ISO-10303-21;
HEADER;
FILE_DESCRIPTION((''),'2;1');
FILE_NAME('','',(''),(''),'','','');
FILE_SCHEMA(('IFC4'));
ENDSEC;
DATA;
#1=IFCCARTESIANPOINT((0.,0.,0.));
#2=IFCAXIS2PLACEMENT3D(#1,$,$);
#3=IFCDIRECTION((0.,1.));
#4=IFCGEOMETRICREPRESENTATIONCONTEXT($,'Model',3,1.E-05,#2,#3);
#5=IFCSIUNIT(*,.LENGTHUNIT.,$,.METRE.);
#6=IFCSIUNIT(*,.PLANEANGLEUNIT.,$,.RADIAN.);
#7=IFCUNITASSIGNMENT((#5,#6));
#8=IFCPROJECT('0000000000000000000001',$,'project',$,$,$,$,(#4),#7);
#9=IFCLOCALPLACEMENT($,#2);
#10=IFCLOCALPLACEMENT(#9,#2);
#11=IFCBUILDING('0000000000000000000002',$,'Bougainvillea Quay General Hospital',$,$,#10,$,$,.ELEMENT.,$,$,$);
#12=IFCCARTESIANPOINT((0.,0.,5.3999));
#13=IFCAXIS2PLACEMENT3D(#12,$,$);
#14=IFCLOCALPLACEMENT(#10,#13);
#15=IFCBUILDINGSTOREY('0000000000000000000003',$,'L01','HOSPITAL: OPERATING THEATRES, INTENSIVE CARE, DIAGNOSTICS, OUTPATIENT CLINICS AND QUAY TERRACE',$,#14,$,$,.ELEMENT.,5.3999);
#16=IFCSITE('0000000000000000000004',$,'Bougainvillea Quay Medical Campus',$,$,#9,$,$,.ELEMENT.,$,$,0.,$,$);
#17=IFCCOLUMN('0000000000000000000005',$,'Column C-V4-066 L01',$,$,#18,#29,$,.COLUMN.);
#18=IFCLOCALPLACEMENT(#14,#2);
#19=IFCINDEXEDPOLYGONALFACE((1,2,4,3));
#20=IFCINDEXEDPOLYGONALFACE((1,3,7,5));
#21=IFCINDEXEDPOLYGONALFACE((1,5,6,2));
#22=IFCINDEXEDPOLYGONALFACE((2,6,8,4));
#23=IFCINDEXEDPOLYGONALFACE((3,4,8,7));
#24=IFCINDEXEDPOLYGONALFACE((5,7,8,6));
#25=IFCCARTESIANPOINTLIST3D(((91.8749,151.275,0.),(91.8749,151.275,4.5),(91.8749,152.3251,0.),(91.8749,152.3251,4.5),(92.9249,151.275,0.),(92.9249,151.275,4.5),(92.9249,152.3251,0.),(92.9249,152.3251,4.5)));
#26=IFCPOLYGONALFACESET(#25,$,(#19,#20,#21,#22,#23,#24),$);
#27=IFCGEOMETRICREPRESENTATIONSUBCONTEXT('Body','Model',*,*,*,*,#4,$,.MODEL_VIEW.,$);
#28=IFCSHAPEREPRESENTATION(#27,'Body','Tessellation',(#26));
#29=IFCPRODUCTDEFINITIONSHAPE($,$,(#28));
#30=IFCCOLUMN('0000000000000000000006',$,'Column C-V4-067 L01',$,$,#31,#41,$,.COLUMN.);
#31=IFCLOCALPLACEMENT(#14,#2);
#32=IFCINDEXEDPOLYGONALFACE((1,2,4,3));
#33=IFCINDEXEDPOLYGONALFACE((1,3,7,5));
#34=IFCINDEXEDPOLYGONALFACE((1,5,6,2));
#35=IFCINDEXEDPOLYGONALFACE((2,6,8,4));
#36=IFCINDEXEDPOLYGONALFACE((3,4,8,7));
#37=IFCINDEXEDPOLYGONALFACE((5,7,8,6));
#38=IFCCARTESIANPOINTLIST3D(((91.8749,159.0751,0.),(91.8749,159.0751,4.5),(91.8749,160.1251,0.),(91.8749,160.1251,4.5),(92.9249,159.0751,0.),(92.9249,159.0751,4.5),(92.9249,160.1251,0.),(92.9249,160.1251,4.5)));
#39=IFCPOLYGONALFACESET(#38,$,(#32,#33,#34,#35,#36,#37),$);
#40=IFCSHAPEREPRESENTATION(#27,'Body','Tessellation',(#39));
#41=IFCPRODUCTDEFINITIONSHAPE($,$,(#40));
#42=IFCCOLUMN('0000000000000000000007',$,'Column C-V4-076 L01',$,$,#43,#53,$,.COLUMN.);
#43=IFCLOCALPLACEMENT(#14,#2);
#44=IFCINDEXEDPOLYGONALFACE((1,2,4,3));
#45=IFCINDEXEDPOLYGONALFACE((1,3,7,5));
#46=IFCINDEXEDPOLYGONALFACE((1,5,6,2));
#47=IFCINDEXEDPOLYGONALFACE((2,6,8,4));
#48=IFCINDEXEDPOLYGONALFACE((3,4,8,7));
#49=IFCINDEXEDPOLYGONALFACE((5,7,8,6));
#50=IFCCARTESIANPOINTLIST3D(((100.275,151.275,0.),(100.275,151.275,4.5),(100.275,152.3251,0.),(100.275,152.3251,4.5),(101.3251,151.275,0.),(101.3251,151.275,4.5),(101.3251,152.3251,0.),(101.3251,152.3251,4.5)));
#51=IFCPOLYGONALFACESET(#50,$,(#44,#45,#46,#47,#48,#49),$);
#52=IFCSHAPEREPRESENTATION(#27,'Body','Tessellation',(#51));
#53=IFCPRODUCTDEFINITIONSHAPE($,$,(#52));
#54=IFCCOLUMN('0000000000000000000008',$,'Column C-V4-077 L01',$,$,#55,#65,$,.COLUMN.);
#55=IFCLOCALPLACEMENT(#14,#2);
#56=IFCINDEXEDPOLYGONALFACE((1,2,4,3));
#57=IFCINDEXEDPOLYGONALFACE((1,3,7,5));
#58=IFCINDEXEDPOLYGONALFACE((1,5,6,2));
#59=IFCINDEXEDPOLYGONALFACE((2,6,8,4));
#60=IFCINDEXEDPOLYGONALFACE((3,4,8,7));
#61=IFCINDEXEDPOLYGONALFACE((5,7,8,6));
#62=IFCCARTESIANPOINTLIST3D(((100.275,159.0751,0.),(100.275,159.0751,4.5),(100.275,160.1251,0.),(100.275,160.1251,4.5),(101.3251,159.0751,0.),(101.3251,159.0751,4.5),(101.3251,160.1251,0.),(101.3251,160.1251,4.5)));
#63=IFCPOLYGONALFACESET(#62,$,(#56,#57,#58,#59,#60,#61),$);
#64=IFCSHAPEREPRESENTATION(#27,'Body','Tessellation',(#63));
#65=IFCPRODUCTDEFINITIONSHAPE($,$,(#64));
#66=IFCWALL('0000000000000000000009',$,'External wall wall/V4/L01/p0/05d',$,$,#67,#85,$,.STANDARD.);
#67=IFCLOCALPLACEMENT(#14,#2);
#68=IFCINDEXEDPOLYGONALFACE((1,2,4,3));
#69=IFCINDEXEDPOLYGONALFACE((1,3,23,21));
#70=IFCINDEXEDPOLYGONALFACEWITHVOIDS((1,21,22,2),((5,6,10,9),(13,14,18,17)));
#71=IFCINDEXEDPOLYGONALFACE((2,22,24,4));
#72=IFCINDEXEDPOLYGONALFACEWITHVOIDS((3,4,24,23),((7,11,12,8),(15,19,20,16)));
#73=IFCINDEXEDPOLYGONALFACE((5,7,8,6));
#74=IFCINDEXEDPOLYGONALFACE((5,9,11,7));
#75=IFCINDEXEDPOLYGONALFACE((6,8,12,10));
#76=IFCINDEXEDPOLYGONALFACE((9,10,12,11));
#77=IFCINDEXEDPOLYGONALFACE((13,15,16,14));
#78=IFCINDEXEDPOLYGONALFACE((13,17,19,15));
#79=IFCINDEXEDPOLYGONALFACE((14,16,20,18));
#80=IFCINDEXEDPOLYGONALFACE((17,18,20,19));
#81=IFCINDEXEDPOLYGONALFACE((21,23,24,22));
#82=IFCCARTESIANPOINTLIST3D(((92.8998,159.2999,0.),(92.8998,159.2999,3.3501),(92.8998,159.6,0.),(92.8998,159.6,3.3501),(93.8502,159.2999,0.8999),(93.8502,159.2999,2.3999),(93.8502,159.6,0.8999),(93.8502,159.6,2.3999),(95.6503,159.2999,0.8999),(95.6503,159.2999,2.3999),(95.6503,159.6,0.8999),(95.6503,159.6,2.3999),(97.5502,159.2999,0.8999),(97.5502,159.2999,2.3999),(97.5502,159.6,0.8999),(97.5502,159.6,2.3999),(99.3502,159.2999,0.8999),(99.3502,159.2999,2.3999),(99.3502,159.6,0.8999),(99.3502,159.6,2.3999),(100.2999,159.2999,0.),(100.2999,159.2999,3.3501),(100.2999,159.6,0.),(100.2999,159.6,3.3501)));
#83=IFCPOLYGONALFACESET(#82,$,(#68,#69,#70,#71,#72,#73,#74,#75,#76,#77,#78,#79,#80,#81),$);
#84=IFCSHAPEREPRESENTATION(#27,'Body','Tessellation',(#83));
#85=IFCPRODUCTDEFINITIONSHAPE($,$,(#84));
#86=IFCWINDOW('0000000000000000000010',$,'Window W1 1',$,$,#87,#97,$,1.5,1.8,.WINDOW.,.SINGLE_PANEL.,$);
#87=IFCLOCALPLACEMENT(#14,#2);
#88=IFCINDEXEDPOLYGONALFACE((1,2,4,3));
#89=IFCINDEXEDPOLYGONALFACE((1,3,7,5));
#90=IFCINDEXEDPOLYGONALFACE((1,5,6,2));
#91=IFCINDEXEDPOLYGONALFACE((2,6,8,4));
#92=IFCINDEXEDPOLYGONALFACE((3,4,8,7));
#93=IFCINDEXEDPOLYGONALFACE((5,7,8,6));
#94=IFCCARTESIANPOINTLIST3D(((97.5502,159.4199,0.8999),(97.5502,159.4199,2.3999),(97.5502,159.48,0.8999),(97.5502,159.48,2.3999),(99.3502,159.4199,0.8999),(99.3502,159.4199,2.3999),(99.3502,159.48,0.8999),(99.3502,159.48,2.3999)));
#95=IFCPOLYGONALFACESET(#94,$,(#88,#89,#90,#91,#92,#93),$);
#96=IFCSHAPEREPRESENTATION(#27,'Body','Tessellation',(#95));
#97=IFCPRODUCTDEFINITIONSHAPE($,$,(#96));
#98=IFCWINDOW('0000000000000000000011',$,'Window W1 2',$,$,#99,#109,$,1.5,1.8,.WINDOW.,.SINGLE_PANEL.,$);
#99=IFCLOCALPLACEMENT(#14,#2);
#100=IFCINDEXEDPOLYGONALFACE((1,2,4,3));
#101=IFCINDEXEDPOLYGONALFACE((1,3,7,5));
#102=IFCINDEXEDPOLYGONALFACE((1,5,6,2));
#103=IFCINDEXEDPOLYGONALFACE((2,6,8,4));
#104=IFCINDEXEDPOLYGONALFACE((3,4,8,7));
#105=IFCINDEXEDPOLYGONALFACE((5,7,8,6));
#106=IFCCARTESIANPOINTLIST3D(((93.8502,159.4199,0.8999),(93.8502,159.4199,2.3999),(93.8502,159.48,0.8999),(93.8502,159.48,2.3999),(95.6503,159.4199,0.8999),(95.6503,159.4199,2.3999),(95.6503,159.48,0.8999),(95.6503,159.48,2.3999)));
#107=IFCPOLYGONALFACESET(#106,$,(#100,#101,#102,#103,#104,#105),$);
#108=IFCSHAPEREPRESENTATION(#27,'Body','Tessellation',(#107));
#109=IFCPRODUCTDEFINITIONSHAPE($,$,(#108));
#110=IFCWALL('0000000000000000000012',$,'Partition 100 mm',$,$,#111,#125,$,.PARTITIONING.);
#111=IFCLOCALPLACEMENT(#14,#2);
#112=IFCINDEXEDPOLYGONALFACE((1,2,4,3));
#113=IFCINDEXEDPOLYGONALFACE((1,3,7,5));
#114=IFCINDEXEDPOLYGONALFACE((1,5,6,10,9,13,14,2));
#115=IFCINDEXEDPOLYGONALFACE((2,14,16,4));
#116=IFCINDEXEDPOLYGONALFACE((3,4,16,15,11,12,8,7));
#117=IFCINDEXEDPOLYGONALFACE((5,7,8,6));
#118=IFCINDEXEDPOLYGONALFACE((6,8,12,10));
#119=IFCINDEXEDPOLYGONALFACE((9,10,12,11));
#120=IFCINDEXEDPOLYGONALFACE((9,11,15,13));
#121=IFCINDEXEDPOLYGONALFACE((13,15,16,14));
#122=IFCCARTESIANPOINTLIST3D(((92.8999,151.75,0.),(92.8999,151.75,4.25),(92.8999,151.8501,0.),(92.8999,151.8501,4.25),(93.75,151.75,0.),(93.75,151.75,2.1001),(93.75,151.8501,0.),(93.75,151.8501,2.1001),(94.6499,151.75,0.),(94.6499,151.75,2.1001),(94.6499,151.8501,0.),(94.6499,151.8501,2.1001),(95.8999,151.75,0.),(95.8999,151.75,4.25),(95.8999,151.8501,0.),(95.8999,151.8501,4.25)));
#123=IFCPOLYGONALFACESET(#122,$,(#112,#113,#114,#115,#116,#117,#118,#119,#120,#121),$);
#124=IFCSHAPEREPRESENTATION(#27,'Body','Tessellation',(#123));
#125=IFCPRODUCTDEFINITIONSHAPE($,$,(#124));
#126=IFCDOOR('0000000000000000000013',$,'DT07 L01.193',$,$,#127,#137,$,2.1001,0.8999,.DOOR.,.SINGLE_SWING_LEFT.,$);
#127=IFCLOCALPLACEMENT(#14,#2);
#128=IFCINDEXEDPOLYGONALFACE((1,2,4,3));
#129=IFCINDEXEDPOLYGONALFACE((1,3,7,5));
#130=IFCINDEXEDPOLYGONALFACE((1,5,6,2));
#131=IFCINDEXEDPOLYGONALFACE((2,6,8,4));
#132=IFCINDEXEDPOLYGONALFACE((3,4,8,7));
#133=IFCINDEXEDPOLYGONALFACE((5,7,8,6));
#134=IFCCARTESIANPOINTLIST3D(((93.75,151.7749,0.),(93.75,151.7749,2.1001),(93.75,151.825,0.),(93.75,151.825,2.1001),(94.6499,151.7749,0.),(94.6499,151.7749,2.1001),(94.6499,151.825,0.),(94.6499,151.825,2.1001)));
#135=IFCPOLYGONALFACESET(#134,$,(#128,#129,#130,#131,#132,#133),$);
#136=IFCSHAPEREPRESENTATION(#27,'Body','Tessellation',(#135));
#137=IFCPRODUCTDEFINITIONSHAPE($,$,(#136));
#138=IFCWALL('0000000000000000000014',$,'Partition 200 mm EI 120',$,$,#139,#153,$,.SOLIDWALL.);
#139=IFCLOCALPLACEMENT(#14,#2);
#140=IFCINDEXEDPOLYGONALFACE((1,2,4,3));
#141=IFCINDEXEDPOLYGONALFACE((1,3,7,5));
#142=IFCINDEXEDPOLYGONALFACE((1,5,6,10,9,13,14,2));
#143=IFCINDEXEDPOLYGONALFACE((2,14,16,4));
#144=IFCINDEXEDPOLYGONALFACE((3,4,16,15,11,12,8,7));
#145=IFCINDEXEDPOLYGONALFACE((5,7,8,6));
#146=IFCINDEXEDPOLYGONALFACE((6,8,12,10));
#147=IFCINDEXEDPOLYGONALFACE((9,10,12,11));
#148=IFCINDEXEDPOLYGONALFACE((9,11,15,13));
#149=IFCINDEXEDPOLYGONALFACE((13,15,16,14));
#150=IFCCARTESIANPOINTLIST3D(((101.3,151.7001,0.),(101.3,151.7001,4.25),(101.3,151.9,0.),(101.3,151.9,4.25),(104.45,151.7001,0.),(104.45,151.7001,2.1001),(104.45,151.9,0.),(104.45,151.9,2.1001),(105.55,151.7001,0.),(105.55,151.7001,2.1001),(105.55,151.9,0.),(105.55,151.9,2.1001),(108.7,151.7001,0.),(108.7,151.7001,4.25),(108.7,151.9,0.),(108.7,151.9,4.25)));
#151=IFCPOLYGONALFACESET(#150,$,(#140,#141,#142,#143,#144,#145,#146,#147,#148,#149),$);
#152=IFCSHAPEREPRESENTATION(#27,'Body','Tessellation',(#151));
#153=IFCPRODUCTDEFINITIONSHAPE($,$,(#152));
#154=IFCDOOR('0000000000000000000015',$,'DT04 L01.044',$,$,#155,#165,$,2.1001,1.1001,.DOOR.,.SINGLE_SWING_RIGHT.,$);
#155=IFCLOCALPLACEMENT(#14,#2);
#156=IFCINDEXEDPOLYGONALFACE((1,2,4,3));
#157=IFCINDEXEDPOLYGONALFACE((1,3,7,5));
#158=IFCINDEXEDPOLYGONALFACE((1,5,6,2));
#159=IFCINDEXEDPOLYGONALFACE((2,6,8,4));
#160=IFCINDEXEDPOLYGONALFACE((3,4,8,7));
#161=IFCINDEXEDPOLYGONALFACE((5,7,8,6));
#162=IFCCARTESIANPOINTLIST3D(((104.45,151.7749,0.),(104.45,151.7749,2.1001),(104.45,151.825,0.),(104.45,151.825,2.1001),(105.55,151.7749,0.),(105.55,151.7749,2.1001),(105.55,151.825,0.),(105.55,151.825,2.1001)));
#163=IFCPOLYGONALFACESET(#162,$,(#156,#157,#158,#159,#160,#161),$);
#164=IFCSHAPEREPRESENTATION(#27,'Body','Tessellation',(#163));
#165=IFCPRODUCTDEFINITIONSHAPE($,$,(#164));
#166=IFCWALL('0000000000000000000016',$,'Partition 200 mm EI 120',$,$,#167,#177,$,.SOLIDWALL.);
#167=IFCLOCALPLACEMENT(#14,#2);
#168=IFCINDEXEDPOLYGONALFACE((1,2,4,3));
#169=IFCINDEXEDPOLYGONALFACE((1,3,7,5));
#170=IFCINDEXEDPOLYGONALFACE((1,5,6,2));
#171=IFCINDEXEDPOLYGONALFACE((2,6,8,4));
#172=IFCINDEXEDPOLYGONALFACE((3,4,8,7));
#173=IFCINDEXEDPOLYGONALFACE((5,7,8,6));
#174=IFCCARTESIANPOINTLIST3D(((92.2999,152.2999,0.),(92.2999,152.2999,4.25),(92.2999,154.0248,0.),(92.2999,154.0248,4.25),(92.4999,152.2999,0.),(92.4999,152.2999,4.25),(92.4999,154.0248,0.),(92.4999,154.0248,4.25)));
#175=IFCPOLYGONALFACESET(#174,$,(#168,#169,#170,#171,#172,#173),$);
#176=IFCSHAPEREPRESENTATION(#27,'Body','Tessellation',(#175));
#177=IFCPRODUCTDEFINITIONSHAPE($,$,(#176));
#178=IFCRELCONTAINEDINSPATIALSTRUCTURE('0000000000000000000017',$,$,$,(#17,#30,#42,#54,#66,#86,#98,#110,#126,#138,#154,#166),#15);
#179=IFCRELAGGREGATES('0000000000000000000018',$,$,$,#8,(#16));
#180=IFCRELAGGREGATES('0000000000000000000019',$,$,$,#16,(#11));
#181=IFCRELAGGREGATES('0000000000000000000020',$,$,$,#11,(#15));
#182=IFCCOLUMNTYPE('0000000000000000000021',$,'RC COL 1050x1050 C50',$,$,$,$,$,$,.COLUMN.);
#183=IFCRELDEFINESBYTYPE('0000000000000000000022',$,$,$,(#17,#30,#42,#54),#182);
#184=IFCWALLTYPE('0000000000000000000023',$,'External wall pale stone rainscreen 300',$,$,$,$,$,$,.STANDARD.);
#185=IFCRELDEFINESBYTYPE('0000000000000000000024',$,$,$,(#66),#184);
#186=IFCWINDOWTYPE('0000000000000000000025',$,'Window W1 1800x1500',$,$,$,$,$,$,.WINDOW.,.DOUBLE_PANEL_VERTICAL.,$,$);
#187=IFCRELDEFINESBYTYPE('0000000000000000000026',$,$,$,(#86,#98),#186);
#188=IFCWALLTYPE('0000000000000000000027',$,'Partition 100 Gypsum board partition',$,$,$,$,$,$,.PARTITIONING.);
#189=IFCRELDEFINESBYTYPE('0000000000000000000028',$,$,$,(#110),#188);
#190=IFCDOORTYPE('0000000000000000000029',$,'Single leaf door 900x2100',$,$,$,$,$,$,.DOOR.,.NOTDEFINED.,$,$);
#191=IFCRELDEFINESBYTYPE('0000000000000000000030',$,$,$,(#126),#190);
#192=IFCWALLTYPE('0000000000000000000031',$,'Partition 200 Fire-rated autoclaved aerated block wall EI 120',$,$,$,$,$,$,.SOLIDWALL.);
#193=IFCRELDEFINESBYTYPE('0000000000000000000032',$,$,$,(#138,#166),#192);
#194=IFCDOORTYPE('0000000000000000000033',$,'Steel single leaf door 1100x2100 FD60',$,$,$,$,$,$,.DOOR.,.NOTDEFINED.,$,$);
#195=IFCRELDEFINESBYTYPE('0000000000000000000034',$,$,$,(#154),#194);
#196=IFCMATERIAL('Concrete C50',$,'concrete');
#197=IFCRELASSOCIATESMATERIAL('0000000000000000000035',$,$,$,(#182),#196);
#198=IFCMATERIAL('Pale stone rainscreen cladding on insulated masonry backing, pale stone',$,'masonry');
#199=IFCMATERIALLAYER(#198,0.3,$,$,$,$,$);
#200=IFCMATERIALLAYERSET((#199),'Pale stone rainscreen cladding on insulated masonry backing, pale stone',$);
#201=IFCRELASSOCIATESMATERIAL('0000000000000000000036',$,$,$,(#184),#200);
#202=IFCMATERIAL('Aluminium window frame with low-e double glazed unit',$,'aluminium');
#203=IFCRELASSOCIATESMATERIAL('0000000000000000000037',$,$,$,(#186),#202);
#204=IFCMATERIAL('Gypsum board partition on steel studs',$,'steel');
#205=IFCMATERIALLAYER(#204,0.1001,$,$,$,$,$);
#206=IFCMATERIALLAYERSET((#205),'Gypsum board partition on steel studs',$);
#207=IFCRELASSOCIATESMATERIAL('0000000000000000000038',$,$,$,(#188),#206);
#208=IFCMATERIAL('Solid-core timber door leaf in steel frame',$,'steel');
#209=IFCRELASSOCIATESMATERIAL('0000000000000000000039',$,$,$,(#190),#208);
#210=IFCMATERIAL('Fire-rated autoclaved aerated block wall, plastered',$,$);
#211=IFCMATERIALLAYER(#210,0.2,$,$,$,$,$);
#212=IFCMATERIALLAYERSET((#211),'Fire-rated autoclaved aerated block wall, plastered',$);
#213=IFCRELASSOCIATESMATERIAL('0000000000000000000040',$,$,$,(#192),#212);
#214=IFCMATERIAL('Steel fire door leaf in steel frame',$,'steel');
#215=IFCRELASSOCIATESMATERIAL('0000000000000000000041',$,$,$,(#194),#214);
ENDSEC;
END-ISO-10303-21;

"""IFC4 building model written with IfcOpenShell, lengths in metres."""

from ifc_helpers import new_model, si_unit, direction, frame, frame_2d, origin, origin_2d, place, context, subcontext, project, spatial, rectangle, extrude, material, layer, layer_set, material_profile, profile_set, type_object, element, fill, save


model = new_model("IFC4")

# Units and contexts
model_context = context("Model", 3, precision=1e-05, world=origin(), true_north=direction((0.0, 1.0)))
body_context = subcontext(model_context, "Body", "Model", "MODEL_VIEW")
ifc_project = project(units=[si_unit("LENGTHUNIT", "METRE"), si_unit("PLANEANGLEUNIT", "RADIAN")], contexts=[model_context])

# Site, building, storey
site_placement = place(None, origin())
site = spatial("IfcSite", under=ifc_project, at=site_placement, Name="Bougainvillea Quay Medical Campus", CompositionType="ELEMENT", RefElevation=0.0)
building_placement = place(site_placement, origin())
building = spatial("IfcBuilding", under=site, at=building_placement, Name="Bougainvillea Quay General Hospital", CompositionType="ELEMENT")
storey_placement = place(building_placement, frame((0.0, 0.0, 5.3999)))
storey = spatial("IfcBuildingStorey", under=building, at=storey_placement, Name="L01", Description="HOSPITAL: OPERATING THEATRES, INTENSIVE CARE, DIAGNOSTICS, OUTPATIENT CLINICS AND QUAY TERRACE", CompositionType="ELEMENT", Elevation=5.3999)

# Columns
ifc_material_1 = material(Name="Concrete C50", Category="concrete")
ifc_material_profile = material_profile(ifc_material_1, rectangle(XDim=1.05, YDim=1.05, at=origin_2d()))
ifc_profile_set = profile_set([ifc_material_profile], Name="Concrete C50")
column_type = type_object("IfcColumnType", Name="RC COL 1050x1050 C50", PredefinedType="COLUMN", material=ifc_profile_set)
for number, where, z_axis, x_axis, name in (
    (1, (92.3999, 151.8, 0.0), (0.0, 0.0, 1.0), (1.0, 0.0, 0.0), "Column C-V4-066 L01"),
    (2, (92.3999, 159.6001, 0.0), (0.0, 0.0, 1.0), (1.0, 0.0, 0.0), "Column C-V4-067 L01"),
    (3, (100.8, 151.8, 0.0), (0.0, 0.0, 1.0), (1.0, 0.0, 0.0), "Column C-V4-076 L01"),
    (4, (100.8, 159.6001, 0.0), (0.0, 0.0, 1.0), (1.0, 0.0, 0.0), "Column C-V4-077 L01"),
):
    element("IfcColumn", number, at=place(storey_placement, frame(where, z_axis=z_axis, x_axis=x_axis)), inside=storey, type_object=column_type, Name=name, PredefinedType="COLUMN", context=body_context, shape_type="SweptSolid", body=[
        extrude(rectangle(XDim=1.05, YDim=1.05, at=origin_2d()), origin(), (0.0, 0.0, 1.0), 4.5),
    ])

# Wall, openings, windows
ifc_material_2 = material(Name="Pale stone rainscreen cladding on insulated masonry backing, pale stone", Category="masonry")
ifc_layer_1 = layer(ifc_material_2, 0.3)
ifc_layer_set_1 = layer_set([ifc_layer_1], Name="Pale stone rainscreen cladding on insulated masonry backing, pale stone")
wall_type_1 = type_object("IfcWallType", Name="External wall pale stone rainscreen 300", PredefinedType="STANDARD", material=ifc_layer_set_1)
wall_1_placement = place(storey_placement, frame((100.3, 159.45, 0.0), z_axis=(0.0, 0.0, 1.0), x_axis=(-1.0, 0.0, 0.0)))
wall_1 = element("IfcWall", 5, at=wall_1_placement, inside=storey, type_object=wall_type_1, Name="External wall wall/V4/L01/p0/05d", PredefinedType="STANDARD", context=body_context, shape_type="SweptSolid", body=[
    extrude(rectangle(XDim=7.4001, YDim=0.3, at=frame_2d((3.7002, 0.0))), origin(), (0.0, 0.0, 1.0), 3.3501),
])
opening_1_placement = place(wall_1_placement, frame((0.95, 0.0, 0.8999)))
opening_1 = element("IfcOpeningElement", 6, at=opening_1_placement, cuts=wall_1, PredefinedType="OPENING", context=body_context, shape_type="SweptSolid", body=[
    extrude(rectangle(XDim=1.8, YDim=1.5, at=frame_2d((0.8999, 0.75))), frame((0.0, 0.1599, 0.0), z_axis=(0.0, -1.0, 0.0), x_axis=(1.0, 0.0, 0.0)), (0.0, 0.0, 1.0), 0.3201),
])
opening_2_placement = place(wall_1_placement, frame((4.6499, 0.0, 0.8999)))
opening_2 = element("IfcOpeningElement", 7, at=opening_2_placement, cuts=wall_1, PredefinedType="OPENING", context=body_context, shape_type="SweptSolid", body=[
    extrude(rectangle(XDim=1.8, YDim=1.5, at=frame_2d((0.8999, 0.75))), frame((0.0, 0.1599, 0.0), z_axis=(0.0, -1.0, 0.0), x_axis=(1.0, 0.0, 0.0)), (0.0, 0.0, 1.0), 0.3201),
])
ifc_material_3 = material(Name="Aluminium window frame with low-e double glazed unit", Category="aluminium")
window_type = type_object("IfcWindowType", Name="Window W1 1800x1500", PartitioningType="DOUBLE_PANEL_VERTICAL", PredefinedType="WINDOW", material=ifc_material_3)
window_1_placement = place(opening_1_placement, origin())
window_1 = element("IfcWindow", 8, at=window_1_placement, inside=storey, type_object=window_type, Name="Window W1 1", OverallHeight=1.5, OverallWidth=1.8, PartitioningType="SINGLE_PANEL", PredefinedType="WINDOW", context=body_context, shape_type="SweptSolid", body=[
    extrude(rectangle(XDim=1.8, YDim=1.5, at=frame_2d((0.8999, 0.75))), frame((0.0, 0.03, 0.0), z_axis=(0.0, -1.0, 0.0), x_axis=(1.0, 0.0, 0.0)), (0.0, 0.0, 1.0), 0.0601),
])
fill(opening_1, window_1)
window_2_placement = place(opening_2_placement, origin())
window_2 = element("IfcWindow", 9, at=window_2_placement, inside=storey, type_object=window_type, Name="Window W1 2", OverallHeight=1.5, OverallWidth=1.8, PartitioningType="SINGLE_PANEL", PredefinedType="WINDOW", context=body_context, shape_type="SweptSolid", body=[
    extrude(rectangle(XDim=1.8, YDim=1.5, at=frame_2d((0.8999, 0.75))), frame((0.0, 0.03, 0.0), z_axis=(0.0, -1.0, 0.0), x_axis=(1.0, 0.0, 0.0)), (0.0, 0.0, 1.0), 0.0601),
])
fill(opening_2, window_2)

# Walls, openings, doors
ifc_material_4 = material(Name="Gypsum board partition on steel studs", Category="steel")
ifc_layer_2 = layer(ifc_material_4, 0.1001)
ifc_layer_set_2 = layer_set([ifc_layer_2], Name="Gypsum board partition on steel studs")
wall_type_2 = type_object("IfcWallType", Name="Partition 100 Gypsum board partition", PredefinedType="PARTITIONING", material=ifc_layer_set_2)
wall_2_placement = place(storey_placement, frame((92.8999, 151.8, 0.0), z_axis=(0.0, 0.0, 1.0), x_axis=(1.0, 0.0, 0.0)))
wall_2 = element("IfcWall", 10, at=wall_2_placement, inside=storey, type_object=wall_type_2, Name="Partition 100 mm", PredefinedType="PARTITIONING", context=body_context, shape_type="SweptSolid", body=[
    extrude(rectangle(XDim=3.0, YDim=0.1001, at=frame_2d((1.5, 0.0))), origin(), (0.0, 0.0, 1.0), 4.25),
])
opening_3_placement = place(wall_2_placement, frame((0.8501, 0.0, 0.0)))
opening_3 = element("IfcOpeningElement", 11, at=opening_3_placement, cuts=wall_2, PredefinedType="OPENING", context=body_context, shape_type="SweptSolid", body=[
    extrude(rectangle(XDim=0.8999, YDim=2.1001, at=frame_2d((0.45, 1.05))), frame((0.0, 0.0601, 0.0), z_axis=(0.0, -1.0, 0.0), x_axis=(1.0, 0.0, 0.0)), (0.0, 0.0, 1.0), 0.1201),
])
ifc_material_5 = material(Name="Solid-core timber door leaf in steel frame", Category="steel")
door_type_1 = type_object("IfcDoorType", Name="Single leaf door 900x2100", OperationType="NOTDEFINED", PredefinedType="DOOR", material=ifc_material_5)
door_1_placement = place(opening_3_placement, origin())
door_1 = element("IfcDoor", 12, at=door_1_placement, inside=storey, type_object=door_type_1, Name="DT07 L01.193", OperationType="SINGLE_SWING_LEFT", OverallHeight=2.1001, OverallWidth=0.8999, PredefinedType="DOOR", context=body_context, shape_type="SweptSolid", body=[
    extrude(rectangle(XDim=0.8999, YDim=2.1001, at=frame_2d((0.45, 1.05))), frame((0.0, 0.0249, 0.0), z_axis=(0.0, -1.0, 0.0), x_axis=(1.0, 0.0, 0.0)), (0.0, 0.0, 1.0), 0.05),
])
fill(opening_3, door_1)
ifc_material_6 = material(Name="Fire-rated autoclaved aerated block wall, plastered")
ifc_layer_3 = layer(ifc_material_6, 0.2)
ifc_layer_set_3 = layer_set([ifc_layer_3], Name="Fire-rated autoclaved aerated block wall, plastered")
wall_type_3 = type_object("IfcWallType", Name="Partition 200 Fire-rated autoclaved aerated block wall EI 120", PredefinedType="SOLIDWALL", material=ifc_layer_set_3)
wall_3_placement = place(storey_placement, frame((101.3, 151.8, 0.0), z_axis=(0.0, 0.0, 1.0), x_axis=(1.0, 0.0, 0.0)))
wall_3 = element("IfcWall", 13, at=wall_3_placement, inside=storey, type_object=wall_type_3, Name="Partition 200 mm EI 120", PredefinedType="SOLIDWALL", context=body_context, shape_type="SweptSolid", body=[
    extrude(rectangle(XDim=7.3999, YDim=0.2, at=frame_2d((3.7, 0.0))), origin(), (0.0, 0.0, 1.0), 4.25),
])
opening_4_placement = place(wall_3_placement, frame((3.1499, 0.0, 0.0)))
opening_4 = element("IfcOpeningElement", 14, at=opening_4_placement, cuts=wall_3, PredefinedType="OPENING", context=body_context, shape_type="SweptSolid", body=[
    extrude(rectangle(XDim=1.1001, YDim=2.1001, at=frame_2d((0.55, 1.05))), frame((0.0, 0.1099, 0.0), z_axis=(0.0, -1.0, 0.0), x_axis=(1.0, 0.0, 0.0)), (0.0, 0.0, 1.0), 0.22),
])
ifc_material_7 = material(Name="Steel fire door leaf in steel frame", Category="steel")
door_type_2 = type_object("IfcDoorType", Name="Steel single leaf door 1100x2100 FD60", OperationType="NOTDEFINED", PredefinedType="DOOR", material=ifc_material_7)
door_2_placement = place(opening_4_placement, origin())
door_2 = element("IfcDoor", 15, at=door_2_placement, inside=storey, type_object=door_type_2, Name="DT04 L01.044", OperationType="SINGLE_SWING_RIGHT", OverallHeight=2.1001, OverallWidth=1.1001, PredefinedType="DOOR", context=body_context, shape_type="SweptSolid", body=[
    extrude(rectangle(XDim=1.1001, YDim=2.1001, at=frame_2d((0.55, 1.05))), frame((0.0, 0.0249, 0.0), z_axis=(0.0, -1.0, 0.0), x_axis=(1.0, 0.0, 0.0)), (0.0, 0.0, 1.0), 0.05),
])
fill(opening_4, door_2)

# Wall
for number, where, z_axis, x_axis, name in (
    (16, (92.3999, 152.3, 0.0), (0.0, 0.0, 1.0), (0.0, 1.0, 0.0), "Partition 200 mm EI 120"),
):
    element("IfcWall", number, at=place(storey_placement, frame(where, z_axis=z_axis, x_axis=x_axis)), inside=storey, type_object=wall_type_3, Name=name, PredefinedType="SOLIDWALL", context=body_context, shape_type="SweptSolid", body=[
        extrude(rectangle(XDim=1.7249, YDim=0.2, at=frame_2d((0.8623, 0.0))), origin(), (0.0, 0.0, 1.0), 4.25),
    ])

save(model, "model.ifc")
